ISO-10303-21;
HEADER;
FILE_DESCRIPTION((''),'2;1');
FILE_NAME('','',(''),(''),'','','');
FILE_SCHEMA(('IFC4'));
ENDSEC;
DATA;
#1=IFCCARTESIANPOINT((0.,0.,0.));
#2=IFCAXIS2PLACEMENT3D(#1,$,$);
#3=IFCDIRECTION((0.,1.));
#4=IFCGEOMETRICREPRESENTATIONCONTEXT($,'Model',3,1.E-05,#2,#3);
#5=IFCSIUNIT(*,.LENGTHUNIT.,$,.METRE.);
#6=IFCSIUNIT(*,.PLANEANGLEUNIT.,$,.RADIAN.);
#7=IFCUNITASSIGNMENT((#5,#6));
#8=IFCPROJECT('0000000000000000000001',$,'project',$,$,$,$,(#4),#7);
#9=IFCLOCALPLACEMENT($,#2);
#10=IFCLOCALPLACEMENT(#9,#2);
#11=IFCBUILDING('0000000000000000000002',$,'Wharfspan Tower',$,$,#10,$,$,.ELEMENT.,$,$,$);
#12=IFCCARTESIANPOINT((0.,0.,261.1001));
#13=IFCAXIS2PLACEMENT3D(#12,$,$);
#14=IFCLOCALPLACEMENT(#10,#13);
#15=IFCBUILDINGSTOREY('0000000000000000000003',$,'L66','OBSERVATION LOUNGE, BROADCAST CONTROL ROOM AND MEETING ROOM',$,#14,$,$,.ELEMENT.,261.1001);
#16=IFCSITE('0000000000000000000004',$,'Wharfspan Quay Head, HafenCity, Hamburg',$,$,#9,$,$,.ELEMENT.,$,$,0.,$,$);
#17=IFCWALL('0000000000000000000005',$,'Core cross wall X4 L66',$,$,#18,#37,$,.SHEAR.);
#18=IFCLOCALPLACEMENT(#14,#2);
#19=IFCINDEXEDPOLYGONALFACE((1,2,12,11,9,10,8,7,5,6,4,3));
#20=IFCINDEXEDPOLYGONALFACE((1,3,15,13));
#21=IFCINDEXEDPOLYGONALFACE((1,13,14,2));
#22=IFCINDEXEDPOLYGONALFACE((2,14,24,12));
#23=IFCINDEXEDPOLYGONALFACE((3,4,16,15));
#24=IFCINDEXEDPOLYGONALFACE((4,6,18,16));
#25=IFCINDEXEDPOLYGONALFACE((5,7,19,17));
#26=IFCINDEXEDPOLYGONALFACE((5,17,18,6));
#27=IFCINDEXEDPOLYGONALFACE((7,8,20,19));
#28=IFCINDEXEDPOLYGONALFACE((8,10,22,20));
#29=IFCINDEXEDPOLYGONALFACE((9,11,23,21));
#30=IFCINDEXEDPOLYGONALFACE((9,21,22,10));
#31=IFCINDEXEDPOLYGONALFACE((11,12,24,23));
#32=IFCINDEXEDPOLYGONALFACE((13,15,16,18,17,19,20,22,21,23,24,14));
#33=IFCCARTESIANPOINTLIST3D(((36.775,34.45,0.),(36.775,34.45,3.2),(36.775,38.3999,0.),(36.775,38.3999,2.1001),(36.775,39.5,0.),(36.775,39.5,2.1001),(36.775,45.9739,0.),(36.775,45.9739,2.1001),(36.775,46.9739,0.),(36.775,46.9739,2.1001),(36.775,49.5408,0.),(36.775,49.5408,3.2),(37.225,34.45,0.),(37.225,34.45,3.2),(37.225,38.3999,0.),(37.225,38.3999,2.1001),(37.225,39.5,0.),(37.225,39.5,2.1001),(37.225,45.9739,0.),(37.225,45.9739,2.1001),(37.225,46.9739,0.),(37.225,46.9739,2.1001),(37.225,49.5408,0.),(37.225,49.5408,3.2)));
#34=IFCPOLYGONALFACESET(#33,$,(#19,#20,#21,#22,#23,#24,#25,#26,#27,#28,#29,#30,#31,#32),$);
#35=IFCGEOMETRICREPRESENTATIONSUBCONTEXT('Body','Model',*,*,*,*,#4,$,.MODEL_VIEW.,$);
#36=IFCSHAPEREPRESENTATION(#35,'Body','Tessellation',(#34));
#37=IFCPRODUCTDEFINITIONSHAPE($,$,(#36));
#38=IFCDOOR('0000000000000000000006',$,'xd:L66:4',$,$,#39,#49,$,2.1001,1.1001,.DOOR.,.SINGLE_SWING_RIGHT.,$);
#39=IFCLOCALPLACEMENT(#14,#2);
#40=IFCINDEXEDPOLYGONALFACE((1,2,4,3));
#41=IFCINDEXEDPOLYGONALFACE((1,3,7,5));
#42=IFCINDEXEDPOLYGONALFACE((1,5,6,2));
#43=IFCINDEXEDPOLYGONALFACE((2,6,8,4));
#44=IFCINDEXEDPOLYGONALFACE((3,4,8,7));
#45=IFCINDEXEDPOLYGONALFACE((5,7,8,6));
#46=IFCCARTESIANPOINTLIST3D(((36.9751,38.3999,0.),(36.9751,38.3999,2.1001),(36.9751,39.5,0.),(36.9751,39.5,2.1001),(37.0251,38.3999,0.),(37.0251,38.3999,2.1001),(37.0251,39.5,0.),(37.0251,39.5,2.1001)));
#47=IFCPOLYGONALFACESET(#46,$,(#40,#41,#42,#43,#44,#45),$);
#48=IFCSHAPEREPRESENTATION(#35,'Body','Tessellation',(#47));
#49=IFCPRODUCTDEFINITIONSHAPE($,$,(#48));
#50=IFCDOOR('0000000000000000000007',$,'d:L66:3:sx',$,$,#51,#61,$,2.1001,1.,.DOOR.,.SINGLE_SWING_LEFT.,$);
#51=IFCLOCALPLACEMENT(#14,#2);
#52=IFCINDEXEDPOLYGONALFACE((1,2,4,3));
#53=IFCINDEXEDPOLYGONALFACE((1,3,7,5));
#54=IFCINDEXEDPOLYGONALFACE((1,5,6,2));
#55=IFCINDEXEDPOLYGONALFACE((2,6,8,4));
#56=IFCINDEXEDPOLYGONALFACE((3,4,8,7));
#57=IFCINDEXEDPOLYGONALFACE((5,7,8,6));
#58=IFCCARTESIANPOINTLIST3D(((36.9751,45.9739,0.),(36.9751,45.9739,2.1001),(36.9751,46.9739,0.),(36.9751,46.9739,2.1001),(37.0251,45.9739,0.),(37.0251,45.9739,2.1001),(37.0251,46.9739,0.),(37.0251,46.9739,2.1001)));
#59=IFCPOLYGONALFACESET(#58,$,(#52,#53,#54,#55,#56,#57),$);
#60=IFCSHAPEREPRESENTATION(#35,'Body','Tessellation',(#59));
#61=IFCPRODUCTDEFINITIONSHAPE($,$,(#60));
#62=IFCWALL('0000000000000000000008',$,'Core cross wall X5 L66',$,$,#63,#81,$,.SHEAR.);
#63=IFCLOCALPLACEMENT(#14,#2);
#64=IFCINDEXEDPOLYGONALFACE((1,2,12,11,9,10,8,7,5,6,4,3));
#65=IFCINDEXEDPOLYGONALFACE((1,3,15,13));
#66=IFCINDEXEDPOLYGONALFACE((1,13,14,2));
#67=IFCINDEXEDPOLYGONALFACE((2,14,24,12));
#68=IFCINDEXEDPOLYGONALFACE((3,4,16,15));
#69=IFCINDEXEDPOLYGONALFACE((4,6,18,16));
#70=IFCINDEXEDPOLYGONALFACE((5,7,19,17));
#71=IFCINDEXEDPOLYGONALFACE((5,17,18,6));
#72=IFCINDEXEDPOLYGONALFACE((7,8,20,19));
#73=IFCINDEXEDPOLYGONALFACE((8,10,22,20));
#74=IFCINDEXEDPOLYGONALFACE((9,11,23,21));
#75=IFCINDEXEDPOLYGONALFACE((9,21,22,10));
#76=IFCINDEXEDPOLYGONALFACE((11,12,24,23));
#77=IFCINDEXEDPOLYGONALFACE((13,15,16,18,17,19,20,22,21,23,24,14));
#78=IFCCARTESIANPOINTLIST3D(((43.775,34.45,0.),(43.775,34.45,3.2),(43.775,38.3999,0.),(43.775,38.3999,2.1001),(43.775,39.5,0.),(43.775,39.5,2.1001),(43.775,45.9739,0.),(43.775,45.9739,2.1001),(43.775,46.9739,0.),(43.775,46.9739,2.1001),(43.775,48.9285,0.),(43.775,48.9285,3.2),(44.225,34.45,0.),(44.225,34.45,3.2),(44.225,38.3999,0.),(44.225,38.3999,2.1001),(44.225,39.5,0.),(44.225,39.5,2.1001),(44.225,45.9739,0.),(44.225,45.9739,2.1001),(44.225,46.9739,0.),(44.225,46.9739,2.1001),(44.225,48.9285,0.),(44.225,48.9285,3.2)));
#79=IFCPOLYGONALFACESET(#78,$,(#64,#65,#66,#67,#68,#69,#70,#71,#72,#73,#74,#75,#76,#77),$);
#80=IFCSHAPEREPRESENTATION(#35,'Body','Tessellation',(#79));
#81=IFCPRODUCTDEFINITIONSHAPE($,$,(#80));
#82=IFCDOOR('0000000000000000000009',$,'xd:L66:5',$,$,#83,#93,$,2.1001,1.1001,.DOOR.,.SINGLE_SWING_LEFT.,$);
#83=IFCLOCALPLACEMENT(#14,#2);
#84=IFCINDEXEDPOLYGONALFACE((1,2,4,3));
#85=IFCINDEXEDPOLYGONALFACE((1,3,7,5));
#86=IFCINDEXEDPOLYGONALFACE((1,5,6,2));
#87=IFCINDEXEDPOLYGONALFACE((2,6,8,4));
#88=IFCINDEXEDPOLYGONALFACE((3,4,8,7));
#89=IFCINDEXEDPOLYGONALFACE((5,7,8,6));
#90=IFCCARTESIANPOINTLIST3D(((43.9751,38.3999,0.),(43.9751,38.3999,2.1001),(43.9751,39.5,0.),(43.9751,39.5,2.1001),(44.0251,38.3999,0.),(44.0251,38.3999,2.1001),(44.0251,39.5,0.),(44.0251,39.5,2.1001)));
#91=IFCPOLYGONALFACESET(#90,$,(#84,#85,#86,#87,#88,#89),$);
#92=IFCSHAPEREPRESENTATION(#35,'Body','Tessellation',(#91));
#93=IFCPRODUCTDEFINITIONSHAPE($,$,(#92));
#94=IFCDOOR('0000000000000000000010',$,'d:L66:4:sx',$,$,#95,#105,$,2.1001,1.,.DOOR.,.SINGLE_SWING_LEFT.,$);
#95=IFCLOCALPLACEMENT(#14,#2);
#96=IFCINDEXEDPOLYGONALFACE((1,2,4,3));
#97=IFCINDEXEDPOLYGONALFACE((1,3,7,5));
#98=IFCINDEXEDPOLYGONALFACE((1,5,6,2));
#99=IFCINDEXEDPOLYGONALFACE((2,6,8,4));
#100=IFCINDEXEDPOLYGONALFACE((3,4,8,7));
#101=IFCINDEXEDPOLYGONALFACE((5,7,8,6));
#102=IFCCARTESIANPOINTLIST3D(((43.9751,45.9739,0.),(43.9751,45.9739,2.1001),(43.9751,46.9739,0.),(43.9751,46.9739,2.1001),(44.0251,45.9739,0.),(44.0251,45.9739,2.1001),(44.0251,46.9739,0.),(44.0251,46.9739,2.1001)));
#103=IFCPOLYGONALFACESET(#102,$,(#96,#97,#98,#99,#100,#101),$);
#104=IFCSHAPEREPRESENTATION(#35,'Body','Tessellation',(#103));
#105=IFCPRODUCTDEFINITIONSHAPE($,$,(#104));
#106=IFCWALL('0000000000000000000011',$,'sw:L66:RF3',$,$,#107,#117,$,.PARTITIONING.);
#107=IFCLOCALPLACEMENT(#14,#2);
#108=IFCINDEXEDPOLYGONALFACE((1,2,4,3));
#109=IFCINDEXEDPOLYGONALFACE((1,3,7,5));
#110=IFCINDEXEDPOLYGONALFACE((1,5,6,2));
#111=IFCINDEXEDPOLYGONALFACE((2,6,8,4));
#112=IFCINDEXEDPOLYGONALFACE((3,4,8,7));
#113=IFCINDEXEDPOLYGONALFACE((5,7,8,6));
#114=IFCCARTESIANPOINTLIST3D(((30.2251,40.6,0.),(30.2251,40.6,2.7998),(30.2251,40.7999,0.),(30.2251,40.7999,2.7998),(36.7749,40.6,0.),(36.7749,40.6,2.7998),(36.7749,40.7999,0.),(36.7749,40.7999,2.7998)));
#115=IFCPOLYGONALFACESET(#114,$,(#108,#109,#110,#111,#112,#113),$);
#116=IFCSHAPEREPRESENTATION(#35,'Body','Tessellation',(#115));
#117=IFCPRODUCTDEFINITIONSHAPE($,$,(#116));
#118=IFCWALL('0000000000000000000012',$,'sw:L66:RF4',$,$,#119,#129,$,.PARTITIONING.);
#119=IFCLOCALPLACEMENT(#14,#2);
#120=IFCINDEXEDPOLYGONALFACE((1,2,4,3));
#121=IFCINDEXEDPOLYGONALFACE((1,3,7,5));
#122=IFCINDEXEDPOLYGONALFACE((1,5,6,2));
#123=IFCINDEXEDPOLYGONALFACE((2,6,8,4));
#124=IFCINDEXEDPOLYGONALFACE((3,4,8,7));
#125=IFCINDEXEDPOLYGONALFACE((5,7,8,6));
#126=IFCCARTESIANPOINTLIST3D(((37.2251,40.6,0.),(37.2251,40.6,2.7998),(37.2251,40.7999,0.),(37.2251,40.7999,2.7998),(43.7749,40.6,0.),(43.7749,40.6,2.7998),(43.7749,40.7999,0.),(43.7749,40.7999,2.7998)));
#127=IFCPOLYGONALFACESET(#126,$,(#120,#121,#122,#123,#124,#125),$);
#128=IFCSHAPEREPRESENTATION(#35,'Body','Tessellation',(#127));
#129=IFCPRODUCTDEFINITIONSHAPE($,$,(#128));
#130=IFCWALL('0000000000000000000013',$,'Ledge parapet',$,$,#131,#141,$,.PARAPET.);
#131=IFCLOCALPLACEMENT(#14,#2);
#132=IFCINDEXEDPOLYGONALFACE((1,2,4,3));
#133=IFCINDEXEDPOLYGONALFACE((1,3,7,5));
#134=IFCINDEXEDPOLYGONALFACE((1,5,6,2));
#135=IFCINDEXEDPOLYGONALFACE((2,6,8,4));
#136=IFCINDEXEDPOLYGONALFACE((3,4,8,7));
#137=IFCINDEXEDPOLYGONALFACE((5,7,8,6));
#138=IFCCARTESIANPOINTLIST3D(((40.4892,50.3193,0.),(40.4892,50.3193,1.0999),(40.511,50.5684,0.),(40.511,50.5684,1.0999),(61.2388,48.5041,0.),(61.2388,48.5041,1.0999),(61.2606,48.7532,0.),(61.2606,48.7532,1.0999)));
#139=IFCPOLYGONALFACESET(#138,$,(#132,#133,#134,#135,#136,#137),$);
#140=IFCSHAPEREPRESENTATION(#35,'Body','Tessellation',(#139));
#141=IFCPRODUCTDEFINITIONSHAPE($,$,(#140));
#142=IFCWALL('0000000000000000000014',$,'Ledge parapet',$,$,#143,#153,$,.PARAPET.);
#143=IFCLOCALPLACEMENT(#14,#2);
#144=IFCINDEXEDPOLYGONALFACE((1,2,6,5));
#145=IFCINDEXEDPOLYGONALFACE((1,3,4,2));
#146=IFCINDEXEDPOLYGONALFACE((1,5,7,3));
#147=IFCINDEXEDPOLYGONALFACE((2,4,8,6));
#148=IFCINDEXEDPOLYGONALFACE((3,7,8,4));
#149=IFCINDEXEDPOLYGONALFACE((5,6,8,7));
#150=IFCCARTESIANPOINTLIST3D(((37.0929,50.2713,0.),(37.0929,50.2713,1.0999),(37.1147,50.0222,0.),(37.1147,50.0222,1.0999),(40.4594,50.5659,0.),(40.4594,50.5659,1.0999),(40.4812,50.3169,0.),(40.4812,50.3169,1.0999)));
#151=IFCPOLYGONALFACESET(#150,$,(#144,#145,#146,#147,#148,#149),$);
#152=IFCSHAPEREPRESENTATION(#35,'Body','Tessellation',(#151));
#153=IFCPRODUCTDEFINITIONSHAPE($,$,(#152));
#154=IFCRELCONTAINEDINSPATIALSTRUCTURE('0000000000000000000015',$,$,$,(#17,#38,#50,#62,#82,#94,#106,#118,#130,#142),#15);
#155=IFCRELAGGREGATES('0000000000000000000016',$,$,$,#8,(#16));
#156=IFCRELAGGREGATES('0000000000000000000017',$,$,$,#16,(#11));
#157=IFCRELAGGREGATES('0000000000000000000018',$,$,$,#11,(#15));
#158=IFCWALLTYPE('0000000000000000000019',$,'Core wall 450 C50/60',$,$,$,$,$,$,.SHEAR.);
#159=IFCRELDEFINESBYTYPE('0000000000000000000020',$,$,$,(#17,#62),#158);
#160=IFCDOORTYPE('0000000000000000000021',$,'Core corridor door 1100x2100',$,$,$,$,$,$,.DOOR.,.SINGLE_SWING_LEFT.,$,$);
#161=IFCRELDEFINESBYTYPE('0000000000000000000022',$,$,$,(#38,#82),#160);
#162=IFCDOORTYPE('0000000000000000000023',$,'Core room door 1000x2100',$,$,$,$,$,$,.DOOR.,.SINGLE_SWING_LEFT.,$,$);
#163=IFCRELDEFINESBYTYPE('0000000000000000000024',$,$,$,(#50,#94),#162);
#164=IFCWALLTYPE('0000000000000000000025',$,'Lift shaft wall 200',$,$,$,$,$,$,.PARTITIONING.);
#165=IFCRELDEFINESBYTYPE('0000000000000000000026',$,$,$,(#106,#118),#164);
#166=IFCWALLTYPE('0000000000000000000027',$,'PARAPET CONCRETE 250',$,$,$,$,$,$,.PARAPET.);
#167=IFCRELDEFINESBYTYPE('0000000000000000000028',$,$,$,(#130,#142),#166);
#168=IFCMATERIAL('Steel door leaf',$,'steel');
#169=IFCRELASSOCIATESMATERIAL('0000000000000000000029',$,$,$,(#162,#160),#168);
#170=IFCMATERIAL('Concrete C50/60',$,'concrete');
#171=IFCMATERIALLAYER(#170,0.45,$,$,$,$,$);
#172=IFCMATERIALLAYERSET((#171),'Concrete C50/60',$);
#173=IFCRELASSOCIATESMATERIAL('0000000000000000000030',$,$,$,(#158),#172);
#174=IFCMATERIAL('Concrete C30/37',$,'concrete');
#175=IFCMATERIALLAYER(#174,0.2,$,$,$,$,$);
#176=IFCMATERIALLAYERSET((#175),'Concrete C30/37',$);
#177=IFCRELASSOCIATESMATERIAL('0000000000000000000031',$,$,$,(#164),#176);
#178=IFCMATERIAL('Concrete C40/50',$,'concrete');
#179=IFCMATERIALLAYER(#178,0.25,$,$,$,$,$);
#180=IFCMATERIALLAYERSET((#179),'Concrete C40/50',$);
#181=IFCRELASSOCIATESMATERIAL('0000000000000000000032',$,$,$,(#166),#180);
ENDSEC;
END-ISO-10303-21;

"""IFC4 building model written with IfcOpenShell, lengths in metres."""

from ifc_helpers import new_model, si_unit, direction, frame, frame_2d, origin, place, context, subcontext, project, spatial, rectangle, extrude, material, layer, layer_set, type_object, element, fill, save


model = new_model("IFC4")

# Units and contexts
model_context = context("Model", 3, precision=1e-05, world=origin(), true_north=direction((0.0, 1.0)))
body_context = subcontext(model_context, "Body", "Model", "MODEL_VIEW")
ifc_project = project(units=[si_unit("LENGTHUNIT", "METRE"), si_unit("PLANEANGLEUNIT", "RADIAN")], contexts=[model_context])

# Site, building, storey
site_placement = place(None, origin())
site = spatial("IfcSite", under=ifc_project, at=site_placement, Name="Wharfspan Quay Head, HafenCity, Hamburg", CompositionType="ELEMENT", RefElevation=0.0)
building_placement = place(site_placement, origin())
building = spatial("IfcBuilding", under=site, at=building_placement, Name="Wharfspan Tower", CompositionType="ELEMENT")
storey_placement = place(building_placement, frame((0.0, 0.0, 261.1001)))
storey = spatial("IfcBuildingStorey", under=building, at=storey_placement, Name="L66", Description="OBSERVATION LOUNGE, BROADCAST CONTROL ROOM AND MEETING ROOM", CompositionType="ELEMENT", Elevation=261.1001)

# Shared definitions
ifc_material_1 = material(Name="Steel door leaf", Category="steel")
door_type_1 = type_object("IfcDoorType", Name="Core room door 1000x2100", OperationType="SINGLE_SWING_LEFT", PredefinedType="DOOR", material=ifc_material_1)
ifc_material_2 = material(Name="Concrete C50/60", Category="concrete")
ifc_layer_1 = layer(ifc_material_2, 0.45)
ifc_layer_set_1 = layer_set([ifc_layer_1], Name="Concrete C50/60")
wall_type_1 = type_object("IfcWallType", Name="Core wall 450 C50/60", PredefinedType="SHEAR", material=ifc_layer_set_1)
door_type_2 = type_object("IfcDoorType", Name="Core corridor door 1100x2100", OperationType="SINGLE_SWING_LEFT", PredefinedType="DOOR", material=ifc_material_1)

# Walls, openings, doors
wall_1_placement = place(storey_placement, frame((37.0, 34.45, 0.0), z_axis=(0.0, 0.0, 1.0), x_axis=(0.0, 1.0, 0.0)))
wall_1 = element("IfcWall", 1, at=wall_1_placement, inside=storey, type_object=wall_type_1, Name="Core cross wall X4 L66", PredefinedType="SHEAR", context=body_context, shape_type="SweptSolid", body=[
    extrude(rectangle(XDim=15.0908, YDim=0.45, at=frame_2d((7.5454, 0.0))), origin(), (0.0, 0.0, 1.0), 3.2),
])
opening_1_placement = place(wall_1_placement, frame((11.5239, 0.0, 0.0)))
opening_1 = element("IfcOpeningElement", 2, at=opening_1_placement, cuts=wall_1, PredefinedType="OPENING", context=body_context, shape_type="SweptSolid", body=[
    extrude(rectangle(XDim=1.0, YDim=2.1001, at=frame_2d((0.5, 1.05))), frame((0.0, 0.2349, 0.0), z_axis=(0.0, -1.0, 0.0), x_axis=(1.0, 0.0, 0.0)), (0.0, 0.0, 1.0), 0.47),
])
opening_2_placement = place(wall_1_placement, frame((3.95, 0.0, 0.0)))
opening_2 = element("IfcOpeningElement", 3, at=opening_2_placement, cuts=wall_1, PredefinedType="OPENING", context=body_context, shape_type="SweptSolid", body=[
    extrude(rectangle(XDim=1.1001, YDim=2.1001, at=frame_2d((0.55, 1.05))), frame((0.0, 0.2349, 0.0), z_axis=(0.0, -1.0, 0.0), x_axis=(1.0, 0.0, 0.0)), (0.0, 0.0, 1.0), 0.47),
])
door_1_placement = place(opening_2_placement, origin())
door_1 = element("IfcDoor", 4, at=door_1_placement, inside=storey, type_object=door_type_2, Name="xd:L66:4", OperationType="SINGLE_SWING_RIGHT", OverallHeight=2.1001, OverallWidth=1.1001, PredefinedType="DOOR", context=body_context, shape_type="SweptSolid", body=[
    extrude(rectangle(XDim=1.1001, YDim=2.1001, at=frame_2d((0.55, 1.05))), frame((0.0, 0.0249, 0.0), z_axis=(0.0, -1.0, 0.0), x_axis=(1.0, 0.0, 0.0)), (0.0, 0.0, 1.0), 0.05),
])
fill(opening_2, door_1)
door_2_placement = place(opening_1_placement, origin())
door_2 = element("IfcDoor", 5, at=door_2_placement, inside=storey, type_object=door_type_1, Name="d:L66:3:sx", OperationType="SINGLE_SWING_LEFT", OverallHeight=2.1001, OverallWidth=1.0, PredefinedType="DOOR", context=body_context, shape_type="SweptSolid", body=[
    extrude(rectangle(XDim=1.0, YDim=2.1001, at=frame_2d((0.5, 1.05))), frame((0.0, 0.0249, 0.0), z_axis=(0.0, -1.0, 0.0), x_axis=(1.0, 0.0, 0.0)), (0.0, 0.0, 1.0), 0.05),
])
fill(opening_1, door_2)
wall_2_placement = place(storey_placement, frame((44.0, 34.45, 0.0), z_axis=(0.0, 0.0, 1.0), x_axis=(0.0, 1.0, 0.0)))
wall_2 = element("IfcWall", 6, at=wall_2_placement, inside=storey, type_object=wall_type_1, Name="Core cross wall X5 L66", PredefinedType="SHEAR", context=body_context, shape_type="SweptSolid", body=[
    extrude(rectangle(XDim=14.4785, YDim=0.45, at=frame_2d((7.2393, 0.0))), origin(), (0.0, 0.0, 1.0), 3.2),
])
opening_3_placement = place(wall_2_placement, frame((11.5239, 0.0, 0.0)))
opening_3 = element("IfcOpeningElement", 7, at=opening_3_placement, cuts=wall_2, PredefinedType="OPENING", context=body_context, shape_type="SweptSolid", body=[
    extrude(rectangle(XDim=1.0, YDim=2.1001, at=frame_2d((0.5, 1.05))), frame((0.0, 0.2349, 0.0), z_axis=(0.0, -1.0, 0.0), x_axis=(1.0, 0.0, 0.0)), (0.0, 0.0, 1.0), 0.47),
])
opening_4_placement = place(wall_2_placement, frame((3.95, 0.0, 0.0)))
opening_4 = element("IfcOpeningElement", 8, at=opening_4_placement, cuts=wall_2, PredefinedType="OPENING", context=body_context, shape_type="SweptSolid", body=[
    extrude(rectangle(XDim=1.1001, YDim=2.1001, at=frame_2d((0.55, 1.05))), frame((0.0, 0.2349, 0.0), z_axis=(0.0, -1.0, 0.0), x_axis=(1.0, 0.0, 0.0)), (0.0, 0.0, 1.0), 0.47),
])
door_3_placement = place(opening_4_placement, origin())
door_3 = element("IfcDoor", 9, at=door_3_placement, inside=storey, type_object=door_type_2, Name="xd:L66:5", OperationType="SINGLE_SWING_LEFT", OverallHeight=2.1001, OverallWidth=1.1001, PredefinedType="DOOR", context=body_context, shape_type="SweptSolid", body=[
    extrude(rectangle(XDim=1.1001, YDim=2.1001, at=frame_2d((0.55, 1.05))), frame((0.0, 0.0249, 0.0), z_axis=(0.0, -1.0, 0.0), x_axis=(1.0, 0.0, 0.0)), (0.0, 0.0, 1.0), 0.05),
])
fill(opening_4, door_3)
door_4_placement = place(opening_3_placement, origin())
door_4 = element("IfcDoor", 10, at=door_4_placement, inside=storey, type_object=door_type_1, Name="d:L66:4:sx", OperationType="SINGLE_SWING_LEFT", OverallHeight=2.1001, OverallWidth=1.0, PredefinedType="DOOR", context=body_context, shape_type="SweptSolid", body=[
    extrude(rectangle(XDim=1.0, YDim=2.1001, at=frame_2d((0.5, 1.05))), frame((0.0, 0.0249, 0.0), z_axis=(0.0, -1.0, 0.0), x_axis=(1.0, 0.0, 0.0)), (0.0, 0.0, 1.0), 0.05),
])
fill(opening_3, door_4)

# Walls
ifc_material_3 = material(Name="Concrete C30/37", Category="concrete")
ifc_layer_2 = layer(ifc_material_3, 0.2)
ifc_layer_set_2 = layer_set([ifc_layer_2], Name="Concrete C30/37")
wall_type_2 = type_object("IfcWallType", Name="Lift shaft wall 200", PredefinedType="PARTITIONING", material=ifc_layer_set_2)
for number, where, z_axis, x_axis, name in (
    (11, (30.2251, 40.7, 0.0), (0.0, 0.0, 1.0), (1.0, 0.0, 0.0), "sw:L66:RF3"),
    (12, (37.2251, 40.7, 0.0), (0.0, 0.0, 1.0), (1.0, 0.0, 0.0), "sw:L66:RF4"),
):
    element("IfcWall", number, at=place(storey_placement, frame(where, z_axis=z_axis, x_axis=x_axis)), inside=storey, type_object=wall_type_2, Name=name, PredefinedType="PARTITIONING", context=body_context, shape_type="SweptSolid", body=[
        extrude(rectangle(XDim=6.5498, YDim=0.2, at=frame_2d((3.2749, 0.0))), origin(), (0.0, 0.0, 1.0), 2.7998),
    ])
ifc_material_4 = material(Name="Concrete C40/50", Category="concrete")
ifc_layer_3 = layer(ifc_material_4, 0.25)
ifc_layer_set_3 = layer_set([ifc_layer_3], Name="Concrete C40/50")
wall_type_3 = type_object("IfcWallType", Name="PARAPET CONCRETE 250", PredefinedType="PARAPET", material=ifc_layer_set_3)
wall_3_placement = place(storey_placement, frame((40.5, 50.4438, 0.0), z_axis=(0.0, 0.0, 1.0), x_axis=(0.996195, -0.087148, 0.0)))
element("IfcWall", 13, at=wall_3_placement, inside=storey, type_object=wall_type_3, Name="Ledge parapet", PredefinedType="PARAPET", context=body_context, shape_type="SweptSolid", body=[
    extrude(rectangle(XDim=20.8289, YDim=0.25, at=frame_2d((10.4146, 0.0))), origin(), (0.0, 0.0, 1.0), 1.0999),
])
wall_4_placement = place(storey_placement, frame((37.1038, 50.1467, 0.0), z_axis=(0.0, 0.0, 1.0), x_axis=(0.99619, 0.0872, 0.0)))
element("IfcWall", 14, at=wall_4_placement, inside=storey, type_object=wall_type_3, Name="Ledge parapet", PredefinedType="PARAPET", context=body_context, shape_type="SweptSolid", body=[
    extrude(rectangle(XDim=3.3794, YDim=0.25, at=frame_2d((1.6897, 0.0))), origin(), (0.0, 0.0, 1.0), 1.0999),
])

save(model, "model.ifc")
